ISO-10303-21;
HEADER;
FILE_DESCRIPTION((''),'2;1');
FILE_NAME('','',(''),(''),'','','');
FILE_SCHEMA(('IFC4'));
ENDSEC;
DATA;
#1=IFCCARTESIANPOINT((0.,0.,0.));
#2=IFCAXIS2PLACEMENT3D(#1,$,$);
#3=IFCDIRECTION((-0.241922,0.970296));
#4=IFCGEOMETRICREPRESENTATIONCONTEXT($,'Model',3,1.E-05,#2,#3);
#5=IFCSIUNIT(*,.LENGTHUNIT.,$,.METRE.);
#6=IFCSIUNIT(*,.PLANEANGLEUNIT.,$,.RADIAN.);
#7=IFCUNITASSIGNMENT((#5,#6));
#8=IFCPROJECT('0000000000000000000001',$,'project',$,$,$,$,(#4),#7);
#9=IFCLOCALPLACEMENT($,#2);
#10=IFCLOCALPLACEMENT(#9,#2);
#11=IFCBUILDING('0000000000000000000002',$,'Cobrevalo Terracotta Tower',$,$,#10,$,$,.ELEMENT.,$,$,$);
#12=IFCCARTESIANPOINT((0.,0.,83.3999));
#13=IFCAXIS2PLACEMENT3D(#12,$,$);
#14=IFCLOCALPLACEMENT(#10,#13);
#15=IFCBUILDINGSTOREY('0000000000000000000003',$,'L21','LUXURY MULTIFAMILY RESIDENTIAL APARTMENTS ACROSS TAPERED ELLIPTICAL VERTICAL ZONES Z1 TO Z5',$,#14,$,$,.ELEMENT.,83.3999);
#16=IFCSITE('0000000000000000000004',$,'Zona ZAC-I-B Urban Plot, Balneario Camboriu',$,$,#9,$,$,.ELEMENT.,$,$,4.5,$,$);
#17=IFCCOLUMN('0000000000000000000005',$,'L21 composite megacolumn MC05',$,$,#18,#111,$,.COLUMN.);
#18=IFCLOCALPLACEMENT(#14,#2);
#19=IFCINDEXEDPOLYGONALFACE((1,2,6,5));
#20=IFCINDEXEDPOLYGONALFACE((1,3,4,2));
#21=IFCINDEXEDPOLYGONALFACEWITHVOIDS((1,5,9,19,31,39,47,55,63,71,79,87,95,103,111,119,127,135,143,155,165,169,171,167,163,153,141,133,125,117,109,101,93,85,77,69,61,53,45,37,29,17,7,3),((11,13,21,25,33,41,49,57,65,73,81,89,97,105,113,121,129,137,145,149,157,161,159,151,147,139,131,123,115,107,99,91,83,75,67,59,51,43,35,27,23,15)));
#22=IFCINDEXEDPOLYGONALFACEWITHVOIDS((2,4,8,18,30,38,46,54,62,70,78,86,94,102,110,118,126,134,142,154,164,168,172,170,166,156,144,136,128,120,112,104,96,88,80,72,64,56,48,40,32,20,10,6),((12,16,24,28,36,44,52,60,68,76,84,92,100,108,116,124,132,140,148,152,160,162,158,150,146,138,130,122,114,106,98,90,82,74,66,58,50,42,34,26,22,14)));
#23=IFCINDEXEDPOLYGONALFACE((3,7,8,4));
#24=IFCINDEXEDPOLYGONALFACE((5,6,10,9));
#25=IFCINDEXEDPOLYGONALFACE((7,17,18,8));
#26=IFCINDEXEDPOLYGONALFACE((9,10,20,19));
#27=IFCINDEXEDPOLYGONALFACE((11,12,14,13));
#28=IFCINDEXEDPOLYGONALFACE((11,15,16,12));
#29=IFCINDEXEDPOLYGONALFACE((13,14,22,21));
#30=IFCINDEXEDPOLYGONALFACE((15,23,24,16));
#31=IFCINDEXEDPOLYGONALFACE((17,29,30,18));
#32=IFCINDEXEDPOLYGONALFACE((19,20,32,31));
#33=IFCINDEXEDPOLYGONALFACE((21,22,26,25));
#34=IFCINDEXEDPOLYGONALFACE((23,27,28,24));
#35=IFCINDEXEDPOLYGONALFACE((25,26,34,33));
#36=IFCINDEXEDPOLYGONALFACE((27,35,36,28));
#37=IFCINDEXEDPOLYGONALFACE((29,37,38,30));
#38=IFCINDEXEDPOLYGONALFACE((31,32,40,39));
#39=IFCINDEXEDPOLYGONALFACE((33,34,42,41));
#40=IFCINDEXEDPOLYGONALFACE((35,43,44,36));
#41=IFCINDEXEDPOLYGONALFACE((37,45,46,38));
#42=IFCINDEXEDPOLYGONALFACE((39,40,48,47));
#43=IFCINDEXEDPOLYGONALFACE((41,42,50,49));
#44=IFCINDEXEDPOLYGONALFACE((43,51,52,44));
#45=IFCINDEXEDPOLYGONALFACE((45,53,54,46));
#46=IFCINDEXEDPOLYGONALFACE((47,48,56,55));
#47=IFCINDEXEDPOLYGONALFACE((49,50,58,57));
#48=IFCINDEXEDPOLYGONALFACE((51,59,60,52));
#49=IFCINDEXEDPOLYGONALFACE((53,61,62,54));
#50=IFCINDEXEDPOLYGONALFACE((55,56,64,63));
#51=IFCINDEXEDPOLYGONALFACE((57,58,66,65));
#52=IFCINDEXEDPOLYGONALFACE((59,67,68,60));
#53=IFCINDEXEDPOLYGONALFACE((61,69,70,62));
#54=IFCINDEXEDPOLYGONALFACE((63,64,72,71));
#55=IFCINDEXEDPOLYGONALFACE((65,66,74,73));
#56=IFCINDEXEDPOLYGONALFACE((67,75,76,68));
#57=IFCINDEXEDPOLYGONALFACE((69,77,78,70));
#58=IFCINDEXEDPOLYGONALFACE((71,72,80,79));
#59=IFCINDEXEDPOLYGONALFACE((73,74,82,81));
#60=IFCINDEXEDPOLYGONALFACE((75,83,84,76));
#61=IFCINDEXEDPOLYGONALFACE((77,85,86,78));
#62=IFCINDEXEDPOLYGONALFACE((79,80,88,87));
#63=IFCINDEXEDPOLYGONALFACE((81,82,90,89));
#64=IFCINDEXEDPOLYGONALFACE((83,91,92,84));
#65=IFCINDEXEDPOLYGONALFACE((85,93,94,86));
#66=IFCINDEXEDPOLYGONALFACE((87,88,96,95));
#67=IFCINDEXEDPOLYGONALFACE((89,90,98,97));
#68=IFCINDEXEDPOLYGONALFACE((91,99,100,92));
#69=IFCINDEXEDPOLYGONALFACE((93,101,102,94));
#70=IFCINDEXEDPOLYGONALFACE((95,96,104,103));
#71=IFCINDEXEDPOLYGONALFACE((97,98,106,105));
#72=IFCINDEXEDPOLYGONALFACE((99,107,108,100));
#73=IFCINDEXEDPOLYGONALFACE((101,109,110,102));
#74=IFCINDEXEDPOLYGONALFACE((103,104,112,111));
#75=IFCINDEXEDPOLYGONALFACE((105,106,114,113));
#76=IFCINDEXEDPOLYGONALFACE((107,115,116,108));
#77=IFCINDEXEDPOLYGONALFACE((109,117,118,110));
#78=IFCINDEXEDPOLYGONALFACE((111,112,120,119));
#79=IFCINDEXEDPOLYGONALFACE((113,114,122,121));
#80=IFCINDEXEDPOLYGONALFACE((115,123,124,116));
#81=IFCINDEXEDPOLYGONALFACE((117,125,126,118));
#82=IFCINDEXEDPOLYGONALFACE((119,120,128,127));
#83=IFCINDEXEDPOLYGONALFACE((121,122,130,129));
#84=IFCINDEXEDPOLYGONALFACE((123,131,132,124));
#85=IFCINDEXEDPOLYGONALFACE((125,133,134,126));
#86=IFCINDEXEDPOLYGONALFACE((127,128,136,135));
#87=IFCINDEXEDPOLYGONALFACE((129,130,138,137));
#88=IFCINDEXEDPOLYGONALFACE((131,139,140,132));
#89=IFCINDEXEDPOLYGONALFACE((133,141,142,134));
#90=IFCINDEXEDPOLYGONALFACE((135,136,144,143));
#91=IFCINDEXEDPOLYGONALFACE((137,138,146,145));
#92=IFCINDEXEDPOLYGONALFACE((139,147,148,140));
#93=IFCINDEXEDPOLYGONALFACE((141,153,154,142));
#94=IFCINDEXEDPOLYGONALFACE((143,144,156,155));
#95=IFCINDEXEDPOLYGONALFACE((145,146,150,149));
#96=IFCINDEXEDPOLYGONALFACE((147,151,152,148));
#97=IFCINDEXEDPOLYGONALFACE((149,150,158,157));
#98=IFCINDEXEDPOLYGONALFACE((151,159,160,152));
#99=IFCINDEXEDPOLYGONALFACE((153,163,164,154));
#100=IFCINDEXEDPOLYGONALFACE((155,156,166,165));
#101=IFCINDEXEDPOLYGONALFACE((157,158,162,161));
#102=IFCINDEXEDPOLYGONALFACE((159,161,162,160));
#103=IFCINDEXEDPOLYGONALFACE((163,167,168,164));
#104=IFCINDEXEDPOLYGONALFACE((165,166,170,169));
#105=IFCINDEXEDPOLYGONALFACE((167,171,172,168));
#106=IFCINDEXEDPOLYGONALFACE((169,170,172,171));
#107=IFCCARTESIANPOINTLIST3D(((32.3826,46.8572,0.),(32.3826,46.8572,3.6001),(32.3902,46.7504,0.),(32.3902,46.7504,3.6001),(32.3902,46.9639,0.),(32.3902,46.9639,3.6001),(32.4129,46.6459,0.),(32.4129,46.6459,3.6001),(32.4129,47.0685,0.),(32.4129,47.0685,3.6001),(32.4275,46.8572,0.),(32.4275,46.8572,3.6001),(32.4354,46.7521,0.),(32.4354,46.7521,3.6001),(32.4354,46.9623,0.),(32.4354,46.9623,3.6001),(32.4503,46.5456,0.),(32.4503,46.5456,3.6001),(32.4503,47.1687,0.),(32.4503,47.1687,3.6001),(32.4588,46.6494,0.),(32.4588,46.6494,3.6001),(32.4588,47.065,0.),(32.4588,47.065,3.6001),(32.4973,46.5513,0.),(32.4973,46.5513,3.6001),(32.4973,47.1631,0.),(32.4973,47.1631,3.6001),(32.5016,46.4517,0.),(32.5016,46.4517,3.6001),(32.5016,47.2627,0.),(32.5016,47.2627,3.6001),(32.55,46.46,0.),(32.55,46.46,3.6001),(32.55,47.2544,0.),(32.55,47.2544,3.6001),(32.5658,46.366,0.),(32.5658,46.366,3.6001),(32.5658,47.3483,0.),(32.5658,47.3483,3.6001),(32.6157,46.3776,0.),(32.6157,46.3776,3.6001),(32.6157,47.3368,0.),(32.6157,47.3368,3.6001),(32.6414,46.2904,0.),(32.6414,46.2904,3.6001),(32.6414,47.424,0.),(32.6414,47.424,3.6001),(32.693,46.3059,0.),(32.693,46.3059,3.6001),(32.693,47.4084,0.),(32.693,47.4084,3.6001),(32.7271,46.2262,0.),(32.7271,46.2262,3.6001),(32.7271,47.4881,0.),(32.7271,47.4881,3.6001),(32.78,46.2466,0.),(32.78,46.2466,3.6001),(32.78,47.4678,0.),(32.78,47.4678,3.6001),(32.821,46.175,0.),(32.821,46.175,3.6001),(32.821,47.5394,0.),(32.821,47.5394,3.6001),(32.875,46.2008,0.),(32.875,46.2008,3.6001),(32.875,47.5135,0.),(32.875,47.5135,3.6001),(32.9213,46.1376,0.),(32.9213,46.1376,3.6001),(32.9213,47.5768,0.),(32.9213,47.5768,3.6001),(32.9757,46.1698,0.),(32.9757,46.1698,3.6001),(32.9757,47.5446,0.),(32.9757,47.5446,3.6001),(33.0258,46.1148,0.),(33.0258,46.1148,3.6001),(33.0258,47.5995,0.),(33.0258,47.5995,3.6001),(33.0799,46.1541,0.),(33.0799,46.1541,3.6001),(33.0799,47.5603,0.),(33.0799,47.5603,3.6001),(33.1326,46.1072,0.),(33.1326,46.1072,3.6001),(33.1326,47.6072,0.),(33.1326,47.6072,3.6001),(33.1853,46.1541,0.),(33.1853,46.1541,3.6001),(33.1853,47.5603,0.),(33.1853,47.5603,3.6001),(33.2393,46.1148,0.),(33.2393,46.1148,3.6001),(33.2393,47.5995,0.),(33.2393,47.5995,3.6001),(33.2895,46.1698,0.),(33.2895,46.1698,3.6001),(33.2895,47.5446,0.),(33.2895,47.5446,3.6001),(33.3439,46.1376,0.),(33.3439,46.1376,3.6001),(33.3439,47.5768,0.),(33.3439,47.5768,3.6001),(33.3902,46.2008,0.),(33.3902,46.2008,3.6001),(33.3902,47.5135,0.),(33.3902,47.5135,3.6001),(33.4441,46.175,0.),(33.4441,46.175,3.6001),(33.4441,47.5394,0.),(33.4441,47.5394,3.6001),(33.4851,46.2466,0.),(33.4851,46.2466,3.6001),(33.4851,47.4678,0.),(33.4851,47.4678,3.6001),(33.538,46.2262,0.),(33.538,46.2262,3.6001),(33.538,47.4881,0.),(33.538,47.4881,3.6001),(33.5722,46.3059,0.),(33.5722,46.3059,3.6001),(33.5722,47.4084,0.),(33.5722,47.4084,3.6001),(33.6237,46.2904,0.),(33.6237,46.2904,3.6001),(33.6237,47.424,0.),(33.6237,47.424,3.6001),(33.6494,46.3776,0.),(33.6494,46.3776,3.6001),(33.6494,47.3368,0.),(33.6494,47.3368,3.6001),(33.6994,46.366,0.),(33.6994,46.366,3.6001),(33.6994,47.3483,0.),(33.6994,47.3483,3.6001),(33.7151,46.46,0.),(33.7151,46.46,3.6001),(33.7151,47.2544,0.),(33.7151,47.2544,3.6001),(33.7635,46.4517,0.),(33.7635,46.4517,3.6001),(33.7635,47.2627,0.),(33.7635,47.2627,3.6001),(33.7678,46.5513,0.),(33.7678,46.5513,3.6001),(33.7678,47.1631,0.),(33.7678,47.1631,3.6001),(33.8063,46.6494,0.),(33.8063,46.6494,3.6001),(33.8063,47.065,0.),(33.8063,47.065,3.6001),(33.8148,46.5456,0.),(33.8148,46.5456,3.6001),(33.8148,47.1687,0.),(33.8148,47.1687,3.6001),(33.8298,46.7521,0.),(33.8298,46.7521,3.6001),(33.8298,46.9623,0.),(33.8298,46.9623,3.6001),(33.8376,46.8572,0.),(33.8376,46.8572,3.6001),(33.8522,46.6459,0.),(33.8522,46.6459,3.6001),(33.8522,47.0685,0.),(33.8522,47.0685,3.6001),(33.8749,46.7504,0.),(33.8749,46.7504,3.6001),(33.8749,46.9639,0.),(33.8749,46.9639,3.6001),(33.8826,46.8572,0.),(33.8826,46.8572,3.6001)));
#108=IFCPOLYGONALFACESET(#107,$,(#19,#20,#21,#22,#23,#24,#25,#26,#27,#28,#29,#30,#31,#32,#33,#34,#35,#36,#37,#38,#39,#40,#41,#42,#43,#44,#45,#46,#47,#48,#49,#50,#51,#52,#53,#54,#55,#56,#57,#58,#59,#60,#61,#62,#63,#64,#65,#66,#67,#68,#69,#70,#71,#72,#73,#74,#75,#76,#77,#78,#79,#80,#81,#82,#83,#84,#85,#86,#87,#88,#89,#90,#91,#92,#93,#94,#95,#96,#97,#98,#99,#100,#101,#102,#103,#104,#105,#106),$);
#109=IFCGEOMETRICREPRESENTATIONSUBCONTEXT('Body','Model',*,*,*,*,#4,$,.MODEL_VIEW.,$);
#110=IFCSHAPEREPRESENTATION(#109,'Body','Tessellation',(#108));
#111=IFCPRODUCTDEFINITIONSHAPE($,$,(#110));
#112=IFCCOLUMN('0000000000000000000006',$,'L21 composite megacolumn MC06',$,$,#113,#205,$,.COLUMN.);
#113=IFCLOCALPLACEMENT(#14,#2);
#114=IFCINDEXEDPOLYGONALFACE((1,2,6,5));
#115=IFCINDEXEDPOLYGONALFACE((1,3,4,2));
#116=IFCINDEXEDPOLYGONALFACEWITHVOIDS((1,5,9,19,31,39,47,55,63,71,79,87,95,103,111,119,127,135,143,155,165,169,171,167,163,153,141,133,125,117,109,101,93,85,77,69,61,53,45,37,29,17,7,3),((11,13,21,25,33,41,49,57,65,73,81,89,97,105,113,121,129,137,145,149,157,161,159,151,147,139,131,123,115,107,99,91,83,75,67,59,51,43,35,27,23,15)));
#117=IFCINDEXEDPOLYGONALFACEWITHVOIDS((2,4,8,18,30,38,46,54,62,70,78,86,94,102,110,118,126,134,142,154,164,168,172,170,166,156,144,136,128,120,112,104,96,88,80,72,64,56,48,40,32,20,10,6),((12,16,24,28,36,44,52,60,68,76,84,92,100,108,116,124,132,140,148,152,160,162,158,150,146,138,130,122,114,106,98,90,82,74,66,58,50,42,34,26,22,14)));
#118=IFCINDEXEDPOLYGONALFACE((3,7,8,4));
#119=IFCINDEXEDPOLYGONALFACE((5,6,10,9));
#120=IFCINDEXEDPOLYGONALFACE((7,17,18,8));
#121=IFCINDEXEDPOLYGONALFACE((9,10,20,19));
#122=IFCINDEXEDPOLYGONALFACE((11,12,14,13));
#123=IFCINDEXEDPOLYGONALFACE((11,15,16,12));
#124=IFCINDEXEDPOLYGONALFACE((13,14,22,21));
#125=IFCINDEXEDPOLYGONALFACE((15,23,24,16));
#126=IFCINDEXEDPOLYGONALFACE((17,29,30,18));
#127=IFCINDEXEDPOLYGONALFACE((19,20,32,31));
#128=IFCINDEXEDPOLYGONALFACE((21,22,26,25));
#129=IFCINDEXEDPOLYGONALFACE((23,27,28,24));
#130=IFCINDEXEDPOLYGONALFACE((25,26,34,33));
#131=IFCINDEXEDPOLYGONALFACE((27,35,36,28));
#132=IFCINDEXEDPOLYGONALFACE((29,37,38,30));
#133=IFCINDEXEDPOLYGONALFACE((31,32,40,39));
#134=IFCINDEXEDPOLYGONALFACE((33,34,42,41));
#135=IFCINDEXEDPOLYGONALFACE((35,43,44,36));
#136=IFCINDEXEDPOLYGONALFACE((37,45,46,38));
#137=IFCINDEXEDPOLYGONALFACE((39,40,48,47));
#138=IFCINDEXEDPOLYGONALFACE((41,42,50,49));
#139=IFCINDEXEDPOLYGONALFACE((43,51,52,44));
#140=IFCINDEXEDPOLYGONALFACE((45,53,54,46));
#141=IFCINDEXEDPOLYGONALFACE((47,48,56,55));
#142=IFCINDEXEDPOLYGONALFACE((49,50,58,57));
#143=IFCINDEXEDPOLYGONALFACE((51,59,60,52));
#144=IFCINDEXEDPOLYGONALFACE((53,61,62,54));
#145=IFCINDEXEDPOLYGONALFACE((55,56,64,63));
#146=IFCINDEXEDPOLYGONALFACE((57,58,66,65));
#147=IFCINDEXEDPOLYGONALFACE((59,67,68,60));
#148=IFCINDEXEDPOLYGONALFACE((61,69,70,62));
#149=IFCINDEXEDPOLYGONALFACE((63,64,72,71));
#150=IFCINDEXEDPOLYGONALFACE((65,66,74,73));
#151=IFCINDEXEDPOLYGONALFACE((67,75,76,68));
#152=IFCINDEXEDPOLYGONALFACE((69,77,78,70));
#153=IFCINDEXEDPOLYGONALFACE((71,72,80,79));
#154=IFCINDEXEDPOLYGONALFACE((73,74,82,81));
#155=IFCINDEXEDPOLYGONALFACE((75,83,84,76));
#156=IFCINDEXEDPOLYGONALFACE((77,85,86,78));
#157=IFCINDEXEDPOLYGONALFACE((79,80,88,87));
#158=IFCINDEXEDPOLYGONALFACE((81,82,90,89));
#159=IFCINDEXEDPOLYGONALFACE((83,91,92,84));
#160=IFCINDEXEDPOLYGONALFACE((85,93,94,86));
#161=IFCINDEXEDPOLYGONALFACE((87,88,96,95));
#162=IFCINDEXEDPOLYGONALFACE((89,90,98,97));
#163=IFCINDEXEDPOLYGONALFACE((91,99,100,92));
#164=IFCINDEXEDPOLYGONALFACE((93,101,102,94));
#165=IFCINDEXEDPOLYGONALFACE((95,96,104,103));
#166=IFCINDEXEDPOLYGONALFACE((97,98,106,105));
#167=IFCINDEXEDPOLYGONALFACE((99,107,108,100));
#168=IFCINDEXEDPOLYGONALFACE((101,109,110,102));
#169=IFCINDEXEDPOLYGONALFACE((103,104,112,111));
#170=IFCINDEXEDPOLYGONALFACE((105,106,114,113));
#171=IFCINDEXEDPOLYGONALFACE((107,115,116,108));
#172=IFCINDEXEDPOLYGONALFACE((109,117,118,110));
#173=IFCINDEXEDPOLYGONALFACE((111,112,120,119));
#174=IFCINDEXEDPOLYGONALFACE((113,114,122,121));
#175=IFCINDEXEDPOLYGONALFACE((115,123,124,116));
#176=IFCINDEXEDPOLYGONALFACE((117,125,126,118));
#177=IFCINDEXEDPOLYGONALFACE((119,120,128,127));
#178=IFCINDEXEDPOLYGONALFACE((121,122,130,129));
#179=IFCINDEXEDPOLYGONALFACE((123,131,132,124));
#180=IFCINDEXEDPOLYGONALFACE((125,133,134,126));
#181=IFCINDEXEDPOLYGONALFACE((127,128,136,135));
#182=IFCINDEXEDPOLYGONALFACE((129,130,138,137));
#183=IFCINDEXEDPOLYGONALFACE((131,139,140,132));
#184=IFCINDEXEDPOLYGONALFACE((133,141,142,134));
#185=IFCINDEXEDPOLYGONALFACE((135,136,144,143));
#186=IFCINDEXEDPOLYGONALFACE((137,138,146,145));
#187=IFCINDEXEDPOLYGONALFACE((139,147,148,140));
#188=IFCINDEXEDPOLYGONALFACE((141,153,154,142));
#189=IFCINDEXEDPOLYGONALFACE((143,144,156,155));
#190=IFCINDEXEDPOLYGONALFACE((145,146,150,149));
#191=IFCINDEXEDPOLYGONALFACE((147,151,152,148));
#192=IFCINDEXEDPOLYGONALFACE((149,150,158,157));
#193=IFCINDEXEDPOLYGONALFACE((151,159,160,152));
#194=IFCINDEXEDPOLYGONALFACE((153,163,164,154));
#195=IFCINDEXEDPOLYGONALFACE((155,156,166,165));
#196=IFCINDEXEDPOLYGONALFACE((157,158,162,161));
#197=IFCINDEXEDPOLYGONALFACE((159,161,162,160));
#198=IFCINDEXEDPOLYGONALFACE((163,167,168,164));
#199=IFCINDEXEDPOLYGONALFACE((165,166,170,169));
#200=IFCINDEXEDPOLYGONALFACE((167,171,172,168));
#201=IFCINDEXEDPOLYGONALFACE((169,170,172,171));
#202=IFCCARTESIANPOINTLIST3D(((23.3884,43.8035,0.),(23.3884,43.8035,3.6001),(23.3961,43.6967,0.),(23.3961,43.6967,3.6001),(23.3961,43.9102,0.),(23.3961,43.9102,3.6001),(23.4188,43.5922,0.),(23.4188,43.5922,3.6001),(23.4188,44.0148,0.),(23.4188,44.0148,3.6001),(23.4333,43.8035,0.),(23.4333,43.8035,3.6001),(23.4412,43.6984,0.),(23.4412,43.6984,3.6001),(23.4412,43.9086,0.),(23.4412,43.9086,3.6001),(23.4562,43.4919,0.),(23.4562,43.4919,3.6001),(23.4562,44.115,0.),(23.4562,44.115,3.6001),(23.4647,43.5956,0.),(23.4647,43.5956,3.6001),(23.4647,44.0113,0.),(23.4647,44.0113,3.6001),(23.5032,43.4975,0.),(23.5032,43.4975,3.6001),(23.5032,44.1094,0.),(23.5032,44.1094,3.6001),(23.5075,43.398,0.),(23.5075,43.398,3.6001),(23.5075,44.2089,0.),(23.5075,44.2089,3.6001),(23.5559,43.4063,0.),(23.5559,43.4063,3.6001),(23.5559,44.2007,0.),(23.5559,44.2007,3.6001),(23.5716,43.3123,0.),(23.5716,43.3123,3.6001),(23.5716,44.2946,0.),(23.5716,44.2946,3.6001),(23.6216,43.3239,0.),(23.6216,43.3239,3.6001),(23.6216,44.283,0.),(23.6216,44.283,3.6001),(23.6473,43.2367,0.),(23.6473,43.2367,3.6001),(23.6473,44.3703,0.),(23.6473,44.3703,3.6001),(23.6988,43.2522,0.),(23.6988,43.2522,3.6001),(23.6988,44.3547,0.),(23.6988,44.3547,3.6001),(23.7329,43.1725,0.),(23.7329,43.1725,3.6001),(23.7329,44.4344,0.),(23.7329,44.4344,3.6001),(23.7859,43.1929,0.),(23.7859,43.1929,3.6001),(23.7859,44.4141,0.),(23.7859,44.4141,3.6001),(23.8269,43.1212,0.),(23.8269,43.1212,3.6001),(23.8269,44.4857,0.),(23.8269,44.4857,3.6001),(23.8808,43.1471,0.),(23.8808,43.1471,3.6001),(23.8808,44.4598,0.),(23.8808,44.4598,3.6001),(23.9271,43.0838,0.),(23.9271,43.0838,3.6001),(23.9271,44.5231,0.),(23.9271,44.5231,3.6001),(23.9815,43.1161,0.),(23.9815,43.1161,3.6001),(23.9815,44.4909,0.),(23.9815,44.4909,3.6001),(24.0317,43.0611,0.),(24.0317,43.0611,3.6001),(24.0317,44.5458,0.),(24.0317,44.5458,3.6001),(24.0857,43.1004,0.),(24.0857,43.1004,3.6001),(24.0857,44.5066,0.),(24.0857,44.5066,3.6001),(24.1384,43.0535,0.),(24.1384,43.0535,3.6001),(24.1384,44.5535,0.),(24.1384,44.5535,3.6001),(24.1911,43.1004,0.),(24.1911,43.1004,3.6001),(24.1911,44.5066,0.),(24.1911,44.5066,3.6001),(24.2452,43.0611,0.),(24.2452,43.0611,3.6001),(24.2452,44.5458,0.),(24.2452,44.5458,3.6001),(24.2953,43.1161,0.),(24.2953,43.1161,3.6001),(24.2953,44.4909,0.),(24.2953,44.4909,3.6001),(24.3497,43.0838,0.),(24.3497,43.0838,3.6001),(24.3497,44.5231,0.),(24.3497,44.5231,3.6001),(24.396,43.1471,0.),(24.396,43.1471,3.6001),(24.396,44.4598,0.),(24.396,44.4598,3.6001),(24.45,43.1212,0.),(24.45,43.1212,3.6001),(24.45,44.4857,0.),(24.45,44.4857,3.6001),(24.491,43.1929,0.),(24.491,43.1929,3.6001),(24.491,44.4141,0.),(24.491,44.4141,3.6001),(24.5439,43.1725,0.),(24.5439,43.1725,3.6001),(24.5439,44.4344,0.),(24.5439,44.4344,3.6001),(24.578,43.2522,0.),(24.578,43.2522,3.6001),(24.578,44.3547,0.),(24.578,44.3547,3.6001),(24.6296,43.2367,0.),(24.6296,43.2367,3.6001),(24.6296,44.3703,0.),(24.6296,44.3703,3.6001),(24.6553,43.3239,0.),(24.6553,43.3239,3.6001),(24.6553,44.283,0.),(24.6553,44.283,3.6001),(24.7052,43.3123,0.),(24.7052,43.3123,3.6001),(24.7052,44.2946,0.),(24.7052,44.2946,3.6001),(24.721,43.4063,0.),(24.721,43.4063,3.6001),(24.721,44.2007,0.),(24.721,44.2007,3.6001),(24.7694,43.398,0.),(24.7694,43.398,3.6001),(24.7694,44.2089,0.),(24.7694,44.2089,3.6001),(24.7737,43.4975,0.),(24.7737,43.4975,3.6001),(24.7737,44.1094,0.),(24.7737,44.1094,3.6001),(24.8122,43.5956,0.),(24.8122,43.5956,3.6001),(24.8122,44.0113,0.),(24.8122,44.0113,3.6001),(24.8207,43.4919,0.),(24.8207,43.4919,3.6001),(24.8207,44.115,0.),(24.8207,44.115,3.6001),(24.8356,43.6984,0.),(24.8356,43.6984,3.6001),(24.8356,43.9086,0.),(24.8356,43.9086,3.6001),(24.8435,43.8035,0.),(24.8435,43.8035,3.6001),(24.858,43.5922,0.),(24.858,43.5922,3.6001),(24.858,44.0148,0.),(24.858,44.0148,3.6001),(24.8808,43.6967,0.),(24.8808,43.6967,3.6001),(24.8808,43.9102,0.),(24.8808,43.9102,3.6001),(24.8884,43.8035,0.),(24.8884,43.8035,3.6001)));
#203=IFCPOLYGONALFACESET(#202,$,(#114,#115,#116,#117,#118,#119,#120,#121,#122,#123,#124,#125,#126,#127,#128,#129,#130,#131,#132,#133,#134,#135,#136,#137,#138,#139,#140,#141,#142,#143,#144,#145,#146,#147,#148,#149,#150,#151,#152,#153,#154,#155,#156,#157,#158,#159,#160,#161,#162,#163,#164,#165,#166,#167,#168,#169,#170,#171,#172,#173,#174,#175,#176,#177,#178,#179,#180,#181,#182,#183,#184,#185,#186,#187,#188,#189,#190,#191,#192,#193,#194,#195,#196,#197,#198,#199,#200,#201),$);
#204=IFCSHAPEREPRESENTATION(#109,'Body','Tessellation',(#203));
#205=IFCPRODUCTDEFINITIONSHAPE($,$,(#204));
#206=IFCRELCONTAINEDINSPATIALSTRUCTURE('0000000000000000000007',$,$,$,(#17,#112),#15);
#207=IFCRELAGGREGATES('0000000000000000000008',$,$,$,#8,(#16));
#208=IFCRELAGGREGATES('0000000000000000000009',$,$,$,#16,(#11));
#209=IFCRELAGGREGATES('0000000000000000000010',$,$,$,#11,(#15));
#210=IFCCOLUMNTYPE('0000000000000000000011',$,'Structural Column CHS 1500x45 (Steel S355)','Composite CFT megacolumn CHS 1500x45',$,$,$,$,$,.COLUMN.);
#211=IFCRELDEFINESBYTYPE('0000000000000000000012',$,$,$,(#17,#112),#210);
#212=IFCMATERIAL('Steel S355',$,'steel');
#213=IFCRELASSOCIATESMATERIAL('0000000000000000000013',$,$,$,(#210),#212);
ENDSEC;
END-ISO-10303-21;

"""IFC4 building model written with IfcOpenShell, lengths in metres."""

from ifc_helpers import new_model, si_unit, direction, frame, origin, origin_2d, place, context, subcontext, project, spatial, hollow_circle, extrude, material, material_profile, profile_set, type_object, element, save


model = new_model("IFC4")

# Units and contexts
model_context = context("Model", 3, precision=1e-05, world=origin(), true_north=direction((-0.241922, 0.970296)))
body_context = subcontext(model_context, "Body", "Model", "MODEL_VIEW")
ifc_project = project(units=[si_unit("LENGTHUNIT", "METRE"), si_unit("PLANEANGLEUNIT", "RADIAN")], contexts=[model_context])

# Site, building, storey
site_placement = place(None, origin())
site = spatial("IfcSite", under=ifc_project, at=site_placement, Name="Zona ZAC-I-B Urban Plot, Balneario Camboriu", CompositionType="ELEMENT", RefElevation=4.5)
building_placement = place(site_placement, origin())
building = spatial("IfcBuilding", under=site, at=building_placement, Name="Cobrevalo Terracotta Tower", CompositionType="ELEMENT")
storey_placement = place(building_placement, frame((0.0, 0.0, 83.3999)))
storey = spatial("IfcBuildingStorey", under=building, at=storey_placement, Name="L21", Description="LUXURY MULTIFAMILY RESIDENTIAL APARTMENTS ACROSS TAPERED ELLIPTICAL VERTICAL ZONES Z1 TO Z5", CompositionType="ELEMENT", Elevation=83.3999)

# Columns
ifc_material_1 = material(Name="Steel S355", Category="steel")
ifc_material_profile_1 = material_profile(ifc_material_1, hollow_circle(Radius=0.75, WallThickness=0.0449, at=origin_2d()), Name="CHS 1500x45")
ifc_profile_set_1 = profile_set([ifc_material_profile_1], Name="Steel S355")
column_type_1 = type_object("IfcColumnType", Name="Structural Column CHS 1500x45 (Steel S355)", Description="Composite CFT megacolumn CHS 1500x45", PredefinedType="COLUMN", material=ifc_profile_set_1)
for number, where, z_axis, x_axis, name in (
    (1, (33.1326, 46.8572, 0.0), (0.0, 0.0, 1.0), (1.0, 0.0, 0.0), "L21 composite megacolumn MC05"),
    (2, (24.1384, 43.8035, 0.0), (0.0, 0.0, 1.0), (1.0, 0.0, 0.0), "L21 composite megacolumn MC06"),
):
    element("IfcColumn", number, at=place(storey_placement, frame(where, z_axis=z_axis, x_axis=x_axis)), inside=storey, type_object=column_type_1, Name=name, PredefinedType="COLUMN", context=body_context, shape_type="SweptSolid", body=[
        extrude(hollow_circle(Radius=0.75, WallThickness=0.0449, at=origin_2d()), origin(), (0.0, 0.0, 1.0), 3.6001),
    ])

save(model, "model.ifc")
